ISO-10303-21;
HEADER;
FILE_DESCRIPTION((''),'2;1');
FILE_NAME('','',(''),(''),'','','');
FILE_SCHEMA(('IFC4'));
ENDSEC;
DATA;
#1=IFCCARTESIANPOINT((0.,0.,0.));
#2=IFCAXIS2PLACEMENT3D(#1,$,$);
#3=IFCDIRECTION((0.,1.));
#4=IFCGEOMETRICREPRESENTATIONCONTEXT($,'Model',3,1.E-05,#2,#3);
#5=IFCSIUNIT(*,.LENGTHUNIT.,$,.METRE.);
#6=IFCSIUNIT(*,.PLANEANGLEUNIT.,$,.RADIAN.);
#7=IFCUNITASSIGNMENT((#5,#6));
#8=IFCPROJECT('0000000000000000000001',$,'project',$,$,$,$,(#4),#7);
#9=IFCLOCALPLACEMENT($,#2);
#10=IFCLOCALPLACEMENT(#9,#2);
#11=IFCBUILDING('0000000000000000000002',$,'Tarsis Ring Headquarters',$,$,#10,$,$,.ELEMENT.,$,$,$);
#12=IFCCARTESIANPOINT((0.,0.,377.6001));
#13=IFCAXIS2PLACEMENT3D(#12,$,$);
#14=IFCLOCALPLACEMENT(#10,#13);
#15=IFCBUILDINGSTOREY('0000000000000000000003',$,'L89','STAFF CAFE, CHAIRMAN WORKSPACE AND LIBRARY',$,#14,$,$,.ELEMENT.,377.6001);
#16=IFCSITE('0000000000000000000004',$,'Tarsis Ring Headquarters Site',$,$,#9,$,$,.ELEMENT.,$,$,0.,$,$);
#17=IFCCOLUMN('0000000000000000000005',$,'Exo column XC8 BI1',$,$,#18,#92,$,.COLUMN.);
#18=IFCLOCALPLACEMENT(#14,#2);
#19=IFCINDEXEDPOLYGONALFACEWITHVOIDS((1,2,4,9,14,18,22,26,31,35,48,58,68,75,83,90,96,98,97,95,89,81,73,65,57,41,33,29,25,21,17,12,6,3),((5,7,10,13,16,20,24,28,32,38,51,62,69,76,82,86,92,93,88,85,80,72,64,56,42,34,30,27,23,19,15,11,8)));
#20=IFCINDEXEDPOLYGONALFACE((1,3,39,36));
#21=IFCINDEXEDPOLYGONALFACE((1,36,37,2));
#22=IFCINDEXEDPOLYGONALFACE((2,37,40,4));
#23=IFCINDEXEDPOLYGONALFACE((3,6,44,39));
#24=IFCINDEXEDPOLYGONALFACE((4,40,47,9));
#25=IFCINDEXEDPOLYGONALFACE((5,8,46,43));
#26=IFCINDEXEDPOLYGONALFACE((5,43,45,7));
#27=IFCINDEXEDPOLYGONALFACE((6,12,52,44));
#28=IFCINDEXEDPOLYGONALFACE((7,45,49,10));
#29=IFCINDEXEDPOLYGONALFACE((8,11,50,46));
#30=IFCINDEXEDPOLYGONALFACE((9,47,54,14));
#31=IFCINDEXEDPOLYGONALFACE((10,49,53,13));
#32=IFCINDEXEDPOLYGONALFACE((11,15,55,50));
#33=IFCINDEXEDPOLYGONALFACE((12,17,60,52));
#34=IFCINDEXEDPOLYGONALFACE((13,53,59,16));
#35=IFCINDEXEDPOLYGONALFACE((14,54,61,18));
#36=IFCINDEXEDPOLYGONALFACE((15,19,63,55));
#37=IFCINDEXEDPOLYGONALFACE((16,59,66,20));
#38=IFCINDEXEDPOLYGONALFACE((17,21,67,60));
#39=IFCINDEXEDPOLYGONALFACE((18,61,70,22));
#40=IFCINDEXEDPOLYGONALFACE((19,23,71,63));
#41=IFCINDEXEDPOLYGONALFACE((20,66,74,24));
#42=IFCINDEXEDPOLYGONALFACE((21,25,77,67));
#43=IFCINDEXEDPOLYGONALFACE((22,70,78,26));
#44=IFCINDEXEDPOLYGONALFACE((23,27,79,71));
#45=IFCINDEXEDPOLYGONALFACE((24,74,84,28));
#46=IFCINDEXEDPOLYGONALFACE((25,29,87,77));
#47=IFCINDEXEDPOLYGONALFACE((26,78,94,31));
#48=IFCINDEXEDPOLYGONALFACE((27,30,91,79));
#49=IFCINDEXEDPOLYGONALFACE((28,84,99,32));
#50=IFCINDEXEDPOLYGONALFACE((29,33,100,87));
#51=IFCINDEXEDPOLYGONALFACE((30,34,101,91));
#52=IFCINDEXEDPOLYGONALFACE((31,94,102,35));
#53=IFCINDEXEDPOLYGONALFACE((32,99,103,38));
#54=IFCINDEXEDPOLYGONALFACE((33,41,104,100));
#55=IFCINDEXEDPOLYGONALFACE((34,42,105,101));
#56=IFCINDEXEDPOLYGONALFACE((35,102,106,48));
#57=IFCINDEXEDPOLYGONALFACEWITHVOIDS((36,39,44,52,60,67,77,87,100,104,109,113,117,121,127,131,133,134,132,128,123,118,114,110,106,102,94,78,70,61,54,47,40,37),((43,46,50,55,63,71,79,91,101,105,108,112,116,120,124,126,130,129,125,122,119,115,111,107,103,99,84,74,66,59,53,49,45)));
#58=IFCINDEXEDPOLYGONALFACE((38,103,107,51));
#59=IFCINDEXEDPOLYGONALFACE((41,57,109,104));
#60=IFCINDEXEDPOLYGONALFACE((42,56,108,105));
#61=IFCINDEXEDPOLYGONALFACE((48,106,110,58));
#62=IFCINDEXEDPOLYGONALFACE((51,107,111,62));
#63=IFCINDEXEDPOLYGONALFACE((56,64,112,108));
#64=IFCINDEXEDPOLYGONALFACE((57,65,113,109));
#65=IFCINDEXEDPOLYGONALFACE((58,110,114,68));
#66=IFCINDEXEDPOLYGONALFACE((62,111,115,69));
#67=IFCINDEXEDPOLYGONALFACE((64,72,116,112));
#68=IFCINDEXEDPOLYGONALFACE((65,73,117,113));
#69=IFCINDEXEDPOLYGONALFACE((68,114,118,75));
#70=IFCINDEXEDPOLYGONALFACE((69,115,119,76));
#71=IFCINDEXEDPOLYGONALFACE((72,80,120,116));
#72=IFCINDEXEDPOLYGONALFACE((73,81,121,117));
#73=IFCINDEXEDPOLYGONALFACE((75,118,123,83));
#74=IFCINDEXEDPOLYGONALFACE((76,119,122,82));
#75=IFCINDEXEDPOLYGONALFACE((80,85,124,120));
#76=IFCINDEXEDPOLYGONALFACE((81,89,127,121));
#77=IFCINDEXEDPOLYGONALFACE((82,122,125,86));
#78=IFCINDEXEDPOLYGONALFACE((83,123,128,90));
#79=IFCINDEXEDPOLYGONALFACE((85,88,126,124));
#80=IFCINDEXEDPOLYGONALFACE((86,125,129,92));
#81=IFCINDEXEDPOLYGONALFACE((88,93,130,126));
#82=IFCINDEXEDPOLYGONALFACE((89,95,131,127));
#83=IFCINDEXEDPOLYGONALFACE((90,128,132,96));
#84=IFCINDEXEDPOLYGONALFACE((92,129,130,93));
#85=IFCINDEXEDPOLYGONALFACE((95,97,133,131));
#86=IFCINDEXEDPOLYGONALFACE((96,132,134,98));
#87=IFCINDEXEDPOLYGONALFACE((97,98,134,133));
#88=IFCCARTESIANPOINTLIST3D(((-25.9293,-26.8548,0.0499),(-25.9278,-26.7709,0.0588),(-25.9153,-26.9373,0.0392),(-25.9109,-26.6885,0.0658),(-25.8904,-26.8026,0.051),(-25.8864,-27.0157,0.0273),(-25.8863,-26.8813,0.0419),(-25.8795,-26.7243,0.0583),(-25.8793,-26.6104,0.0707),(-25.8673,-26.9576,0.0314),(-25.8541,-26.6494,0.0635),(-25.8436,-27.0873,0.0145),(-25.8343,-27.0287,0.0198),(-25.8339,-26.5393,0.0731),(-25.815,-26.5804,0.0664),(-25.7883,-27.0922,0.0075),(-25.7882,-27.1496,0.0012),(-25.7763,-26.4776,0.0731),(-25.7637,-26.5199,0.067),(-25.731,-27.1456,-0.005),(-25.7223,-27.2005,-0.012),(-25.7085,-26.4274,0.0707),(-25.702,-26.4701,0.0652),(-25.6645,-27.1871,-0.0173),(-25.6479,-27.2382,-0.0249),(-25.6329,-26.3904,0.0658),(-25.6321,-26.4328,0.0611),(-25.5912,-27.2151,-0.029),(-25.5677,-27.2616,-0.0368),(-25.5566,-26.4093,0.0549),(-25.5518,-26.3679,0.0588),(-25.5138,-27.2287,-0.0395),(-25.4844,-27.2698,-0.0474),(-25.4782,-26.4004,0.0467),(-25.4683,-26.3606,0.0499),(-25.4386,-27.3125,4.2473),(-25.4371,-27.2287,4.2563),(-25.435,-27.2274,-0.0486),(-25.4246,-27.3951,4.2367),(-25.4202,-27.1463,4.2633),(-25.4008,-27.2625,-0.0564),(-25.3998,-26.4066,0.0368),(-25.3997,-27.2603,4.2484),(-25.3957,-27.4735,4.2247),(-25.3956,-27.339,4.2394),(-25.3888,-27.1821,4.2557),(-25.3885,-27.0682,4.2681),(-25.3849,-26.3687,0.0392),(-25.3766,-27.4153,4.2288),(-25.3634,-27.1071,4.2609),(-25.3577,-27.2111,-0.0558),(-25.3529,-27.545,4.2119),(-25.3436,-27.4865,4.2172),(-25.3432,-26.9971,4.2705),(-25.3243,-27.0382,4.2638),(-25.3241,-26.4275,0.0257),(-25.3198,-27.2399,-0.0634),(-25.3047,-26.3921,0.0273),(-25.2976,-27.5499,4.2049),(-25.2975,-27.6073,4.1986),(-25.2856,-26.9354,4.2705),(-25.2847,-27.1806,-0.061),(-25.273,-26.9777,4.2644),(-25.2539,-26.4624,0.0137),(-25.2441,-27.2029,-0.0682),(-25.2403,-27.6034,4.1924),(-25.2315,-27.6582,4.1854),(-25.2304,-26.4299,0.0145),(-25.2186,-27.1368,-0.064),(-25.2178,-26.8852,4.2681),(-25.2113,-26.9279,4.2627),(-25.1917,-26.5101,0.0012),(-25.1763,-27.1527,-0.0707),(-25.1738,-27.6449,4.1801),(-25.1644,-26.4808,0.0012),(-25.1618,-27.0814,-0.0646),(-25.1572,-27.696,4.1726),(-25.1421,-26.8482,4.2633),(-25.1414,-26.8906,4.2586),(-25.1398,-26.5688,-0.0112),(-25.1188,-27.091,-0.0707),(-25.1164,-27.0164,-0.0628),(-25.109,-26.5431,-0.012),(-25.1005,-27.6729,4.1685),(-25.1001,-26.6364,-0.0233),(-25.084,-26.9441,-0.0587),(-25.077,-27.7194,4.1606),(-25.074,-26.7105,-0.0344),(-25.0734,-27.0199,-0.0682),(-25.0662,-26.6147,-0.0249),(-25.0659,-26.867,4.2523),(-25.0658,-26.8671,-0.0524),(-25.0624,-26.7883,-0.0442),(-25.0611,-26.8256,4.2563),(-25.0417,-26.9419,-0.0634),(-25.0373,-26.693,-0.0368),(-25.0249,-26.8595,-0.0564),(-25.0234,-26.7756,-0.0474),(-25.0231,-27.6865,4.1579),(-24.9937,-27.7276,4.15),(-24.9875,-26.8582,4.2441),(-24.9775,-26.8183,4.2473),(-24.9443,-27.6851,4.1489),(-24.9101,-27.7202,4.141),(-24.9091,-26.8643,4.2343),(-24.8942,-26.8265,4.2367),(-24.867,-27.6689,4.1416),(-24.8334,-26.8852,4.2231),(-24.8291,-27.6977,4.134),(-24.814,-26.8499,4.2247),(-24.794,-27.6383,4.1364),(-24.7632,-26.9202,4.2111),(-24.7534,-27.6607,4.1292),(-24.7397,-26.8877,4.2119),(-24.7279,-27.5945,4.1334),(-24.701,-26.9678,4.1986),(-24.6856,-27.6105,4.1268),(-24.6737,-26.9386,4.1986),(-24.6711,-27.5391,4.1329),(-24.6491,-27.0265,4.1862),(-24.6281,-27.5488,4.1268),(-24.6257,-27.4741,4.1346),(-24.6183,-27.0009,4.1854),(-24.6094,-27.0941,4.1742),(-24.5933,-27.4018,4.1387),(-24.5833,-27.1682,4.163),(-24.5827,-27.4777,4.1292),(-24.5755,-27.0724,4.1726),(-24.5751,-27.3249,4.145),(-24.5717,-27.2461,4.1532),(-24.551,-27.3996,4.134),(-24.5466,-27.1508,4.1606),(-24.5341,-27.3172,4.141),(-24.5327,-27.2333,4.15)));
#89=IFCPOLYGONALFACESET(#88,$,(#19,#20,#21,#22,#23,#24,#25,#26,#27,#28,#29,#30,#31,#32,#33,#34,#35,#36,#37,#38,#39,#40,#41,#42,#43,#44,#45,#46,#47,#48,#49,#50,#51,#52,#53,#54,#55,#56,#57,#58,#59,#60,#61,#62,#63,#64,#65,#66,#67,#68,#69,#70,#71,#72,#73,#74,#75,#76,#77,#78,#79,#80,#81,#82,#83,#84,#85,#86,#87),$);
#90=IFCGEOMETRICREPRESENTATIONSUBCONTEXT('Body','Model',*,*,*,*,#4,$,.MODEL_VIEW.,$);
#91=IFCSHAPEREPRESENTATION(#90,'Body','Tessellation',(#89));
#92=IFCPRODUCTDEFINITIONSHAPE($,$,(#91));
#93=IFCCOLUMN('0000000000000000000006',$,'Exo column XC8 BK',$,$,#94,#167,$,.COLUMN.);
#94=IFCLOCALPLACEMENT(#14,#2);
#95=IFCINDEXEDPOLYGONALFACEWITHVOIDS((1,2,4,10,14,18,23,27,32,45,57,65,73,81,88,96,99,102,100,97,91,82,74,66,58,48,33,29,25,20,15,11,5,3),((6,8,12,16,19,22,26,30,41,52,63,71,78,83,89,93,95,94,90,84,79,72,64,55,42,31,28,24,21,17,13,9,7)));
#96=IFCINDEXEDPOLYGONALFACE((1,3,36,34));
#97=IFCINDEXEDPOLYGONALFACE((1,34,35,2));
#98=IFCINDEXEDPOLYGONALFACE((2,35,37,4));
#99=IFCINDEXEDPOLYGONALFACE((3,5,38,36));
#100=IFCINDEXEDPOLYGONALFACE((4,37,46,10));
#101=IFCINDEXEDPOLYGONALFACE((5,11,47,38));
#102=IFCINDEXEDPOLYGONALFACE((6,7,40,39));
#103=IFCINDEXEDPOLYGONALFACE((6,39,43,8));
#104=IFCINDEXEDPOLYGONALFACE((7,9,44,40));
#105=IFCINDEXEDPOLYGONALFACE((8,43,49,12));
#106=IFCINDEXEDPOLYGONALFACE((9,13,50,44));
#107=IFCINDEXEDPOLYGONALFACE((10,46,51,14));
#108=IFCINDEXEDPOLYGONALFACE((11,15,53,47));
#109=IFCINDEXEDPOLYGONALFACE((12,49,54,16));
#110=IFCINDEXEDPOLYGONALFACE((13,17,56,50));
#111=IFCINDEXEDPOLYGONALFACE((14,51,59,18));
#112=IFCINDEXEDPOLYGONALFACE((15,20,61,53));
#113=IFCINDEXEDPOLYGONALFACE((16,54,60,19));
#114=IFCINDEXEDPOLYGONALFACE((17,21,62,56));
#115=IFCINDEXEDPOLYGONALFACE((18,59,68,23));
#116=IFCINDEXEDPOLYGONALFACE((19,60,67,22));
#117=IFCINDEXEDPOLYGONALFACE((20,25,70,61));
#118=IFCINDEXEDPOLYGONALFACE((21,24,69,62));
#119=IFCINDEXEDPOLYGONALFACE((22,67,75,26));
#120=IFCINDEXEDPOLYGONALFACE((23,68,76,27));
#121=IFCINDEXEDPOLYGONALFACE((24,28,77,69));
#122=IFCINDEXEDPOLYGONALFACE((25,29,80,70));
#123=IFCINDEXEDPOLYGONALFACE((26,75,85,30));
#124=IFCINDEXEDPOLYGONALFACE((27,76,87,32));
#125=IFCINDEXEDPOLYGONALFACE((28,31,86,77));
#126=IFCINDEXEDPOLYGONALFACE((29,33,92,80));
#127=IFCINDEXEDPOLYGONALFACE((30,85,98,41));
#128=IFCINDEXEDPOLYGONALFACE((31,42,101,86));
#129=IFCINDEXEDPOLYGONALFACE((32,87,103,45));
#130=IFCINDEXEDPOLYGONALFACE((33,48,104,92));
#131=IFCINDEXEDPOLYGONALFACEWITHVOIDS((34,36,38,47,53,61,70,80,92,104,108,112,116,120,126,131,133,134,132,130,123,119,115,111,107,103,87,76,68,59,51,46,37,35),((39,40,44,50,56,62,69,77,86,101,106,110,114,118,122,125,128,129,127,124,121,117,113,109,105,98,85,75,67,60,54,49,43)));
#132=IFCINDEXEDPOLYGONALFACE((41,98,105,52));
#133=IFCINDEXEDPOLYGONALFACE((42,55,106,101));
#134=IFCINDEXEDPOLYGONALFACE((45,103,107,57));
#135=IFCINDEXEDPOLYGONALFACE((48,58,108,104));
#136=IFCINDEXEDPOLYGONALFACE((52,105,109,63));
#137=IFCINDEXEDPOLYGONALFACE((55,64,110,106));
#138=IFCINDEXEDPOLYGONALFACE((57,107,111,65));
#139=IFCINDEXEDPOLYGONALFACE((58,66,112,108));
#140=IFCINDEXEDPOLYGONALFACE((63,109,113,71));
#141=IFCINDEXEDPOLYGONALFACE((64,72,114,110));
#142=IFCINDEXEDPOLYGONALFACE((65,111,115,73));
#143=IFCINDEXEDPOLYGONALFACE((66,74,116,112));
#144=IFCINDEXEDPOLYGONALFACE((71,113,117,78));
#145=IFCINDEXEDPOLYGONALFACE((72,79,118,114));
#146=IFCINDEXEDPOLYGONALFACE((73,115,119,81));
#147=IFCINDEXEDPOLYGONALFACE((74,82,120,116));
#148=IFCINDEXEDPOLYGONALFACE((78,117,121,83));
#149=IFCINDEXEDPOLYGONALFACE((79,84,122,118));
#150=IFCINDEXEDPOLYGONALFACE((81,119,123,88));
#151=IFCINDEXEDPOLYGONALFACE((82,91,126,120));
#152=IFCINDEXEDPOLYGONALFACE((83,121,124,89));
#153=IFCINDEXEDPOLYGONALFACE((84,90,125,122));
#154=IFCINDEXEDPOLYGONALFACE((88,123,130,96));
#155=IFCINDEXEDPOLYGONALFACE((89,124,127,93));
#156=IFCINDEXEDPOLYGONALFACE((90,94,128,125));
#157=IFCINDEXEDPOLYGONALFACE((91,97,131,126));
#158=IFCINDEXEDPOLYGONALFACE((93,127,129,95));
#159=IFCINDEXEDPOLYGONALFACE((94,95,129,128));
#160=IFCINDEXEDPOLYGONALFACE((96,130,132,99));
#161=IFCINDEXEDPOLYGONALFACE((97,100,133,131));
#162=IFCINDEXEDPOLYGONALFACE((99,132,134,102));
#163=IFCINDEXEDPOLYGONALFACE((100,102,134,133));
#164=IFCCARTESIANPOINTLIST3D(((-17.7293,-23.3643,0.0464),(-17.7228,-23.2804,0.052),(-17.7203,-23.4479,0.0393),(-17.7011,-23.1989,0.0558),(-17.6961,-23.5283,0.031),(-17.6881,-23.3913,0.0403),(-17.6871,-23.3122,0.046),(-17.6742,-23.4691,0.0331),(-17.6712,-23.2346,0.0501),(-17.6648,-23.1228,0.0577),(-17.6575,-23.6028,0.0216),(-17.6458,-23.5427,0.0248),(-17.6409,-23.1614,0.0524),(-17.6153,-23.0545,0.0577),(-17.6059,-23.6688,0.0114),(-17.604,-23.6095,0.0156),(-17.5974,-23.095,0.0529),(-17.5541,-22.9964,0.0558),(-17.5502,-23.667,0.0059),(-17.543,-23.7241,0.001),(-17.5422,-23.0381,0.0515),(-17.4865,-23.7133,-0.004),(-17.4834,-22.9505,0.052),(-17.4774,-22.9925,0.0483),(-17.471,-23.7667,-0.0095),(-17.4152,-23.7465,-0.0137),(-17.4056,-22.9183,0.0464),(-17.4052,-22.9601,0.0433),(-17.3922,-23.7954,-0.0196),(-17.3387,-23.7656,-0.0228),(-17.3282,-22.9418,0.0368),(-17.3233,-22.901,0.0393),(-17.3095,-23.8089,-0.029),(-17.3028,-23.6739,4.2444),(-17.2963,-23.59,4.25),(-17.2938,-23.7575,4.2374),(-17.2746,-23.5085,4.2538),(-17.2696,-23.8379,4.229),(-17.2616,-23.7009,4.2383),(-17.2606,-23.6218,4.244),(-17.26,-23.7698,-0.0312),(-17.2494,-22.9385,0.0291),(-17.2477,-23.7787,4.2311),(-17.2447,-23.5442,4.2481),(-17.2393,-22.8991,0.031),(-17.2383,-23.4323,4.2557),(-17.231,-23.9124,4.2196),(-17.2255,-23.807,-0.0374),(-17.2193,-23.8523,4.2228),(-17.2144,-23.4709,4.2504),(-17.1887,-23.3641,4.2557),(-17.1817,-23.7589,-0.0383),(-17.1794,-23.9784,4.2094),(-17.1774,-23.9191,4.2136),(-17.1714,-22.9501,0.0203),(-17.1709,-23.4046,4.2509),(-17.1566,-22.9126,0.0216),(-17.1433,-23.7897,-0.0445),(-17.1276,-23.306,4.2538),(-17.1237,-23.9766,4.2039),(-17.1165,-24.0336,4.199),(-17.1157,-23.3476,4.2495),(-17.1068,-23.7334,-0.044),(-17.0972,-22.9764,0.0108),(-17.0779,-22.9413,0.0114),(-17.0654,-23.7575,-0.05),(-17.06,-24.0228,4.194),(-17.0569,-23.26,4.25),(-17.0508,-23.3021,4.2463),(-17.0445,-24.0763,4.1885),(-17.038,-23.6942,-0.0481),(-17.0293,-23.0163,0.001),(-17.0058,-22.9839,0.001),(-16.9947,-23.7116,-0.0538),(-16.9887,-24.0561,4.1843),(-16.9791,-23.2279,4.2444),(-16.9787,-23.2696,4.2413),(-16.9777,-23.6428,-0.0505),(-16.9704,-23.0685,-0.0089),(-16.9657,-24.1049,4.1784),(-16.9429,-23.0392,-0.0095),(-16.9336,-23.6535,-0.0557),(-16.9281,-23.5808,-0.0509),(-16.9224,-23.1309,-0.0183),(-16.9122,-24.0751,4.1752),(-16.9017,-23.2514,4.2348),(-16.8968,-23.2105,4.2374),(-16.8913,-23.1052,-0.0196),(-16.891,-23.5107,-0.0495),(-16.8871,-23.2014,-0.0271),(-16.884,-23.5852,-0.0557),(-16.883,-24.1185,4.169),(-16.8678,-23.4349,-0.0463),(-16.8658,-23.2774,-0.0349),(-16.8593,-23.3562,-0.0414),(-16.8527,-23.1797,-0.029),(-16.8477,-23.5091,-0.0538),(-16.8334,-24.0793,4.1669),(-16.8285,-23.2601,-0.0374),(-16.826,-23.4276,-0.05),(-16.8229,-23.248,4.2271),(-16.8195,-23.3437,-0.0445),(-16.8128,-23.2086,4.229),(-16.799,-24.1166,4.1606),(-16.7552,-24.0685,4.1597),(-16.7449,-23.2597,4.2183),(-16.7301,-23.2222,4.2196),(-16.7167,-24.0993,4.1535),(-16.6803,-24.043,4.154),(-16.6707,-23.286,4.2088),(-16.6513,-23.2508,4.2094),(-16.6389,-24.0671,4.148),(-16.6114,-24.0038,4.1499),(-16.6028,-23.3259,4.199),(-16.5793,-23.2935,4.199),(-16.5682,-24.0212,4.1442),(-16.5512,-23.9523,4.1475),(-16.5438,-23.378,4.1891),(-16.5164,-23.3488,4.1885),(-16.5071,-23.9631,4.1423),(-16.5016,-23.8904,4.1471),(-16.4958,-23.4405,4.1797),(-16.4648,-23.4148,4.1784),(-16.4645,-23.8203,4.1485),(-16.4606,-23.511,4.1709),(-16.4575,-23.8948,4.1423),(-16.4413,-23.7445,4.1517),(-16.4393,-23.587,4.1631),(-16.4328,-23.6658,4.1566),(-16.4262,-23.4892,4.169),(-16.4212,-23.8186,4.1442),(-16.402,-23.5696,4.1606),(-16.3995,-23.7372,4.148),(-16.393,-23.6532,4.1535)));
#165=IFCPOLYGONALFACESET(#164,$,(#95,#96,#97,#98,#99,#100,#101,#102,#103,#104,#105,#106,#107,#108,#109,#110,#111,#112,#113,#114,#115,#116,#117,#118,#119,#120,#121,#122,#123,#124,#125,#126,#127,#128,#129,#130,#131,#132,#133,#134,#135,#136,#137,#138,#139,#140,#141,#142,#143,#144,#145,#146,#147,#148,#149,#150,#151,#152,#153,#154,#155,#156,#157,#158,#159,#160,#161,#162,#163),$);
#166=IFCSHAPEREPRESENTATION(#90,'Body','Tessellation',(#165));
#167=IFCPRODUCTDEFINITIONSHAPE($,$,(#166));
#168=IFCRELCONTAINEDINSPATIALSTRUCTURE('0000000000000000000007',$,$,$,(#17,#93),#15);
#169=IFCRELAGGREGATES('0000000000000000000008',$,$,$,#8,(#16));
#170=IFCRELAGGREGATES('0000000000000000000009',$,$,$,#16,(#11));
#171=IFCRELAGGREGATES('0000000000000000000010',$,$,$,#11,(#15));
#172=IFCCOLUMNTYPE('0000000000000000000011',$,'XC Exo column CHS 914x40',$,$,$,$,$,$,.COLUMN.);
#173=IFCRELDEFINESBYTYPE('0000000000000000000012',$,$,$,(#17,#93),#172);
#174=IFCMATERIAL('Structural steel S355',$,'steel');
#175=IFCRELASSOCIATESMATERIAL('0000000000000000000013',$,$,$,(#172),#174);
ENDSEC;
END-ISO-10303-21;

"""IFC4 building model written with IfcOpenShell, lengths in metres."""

from ifc_helpers import new_model, si_unit, direction, frame, origin, origin_2d, place, context, subcontext, project, spatial, hollow_circle, extrude, material, material_profile, profile_set, type_object, element, save


model = new_model("IFC4")

# Units and contexts
model_context = context("Model", 3, precision=1e-05, world=origin(), true_north=direction((0.0, 1.0)))
body_context = subcontext(model_context, "Body", "Model", "MODEL_VIEW")
ifc_project = project(units=[si_unit("LENGTHUNIT", "METRE"), si_unit("PLANEANGLEUNIT", "RADIAN")], contexts=[model_context])

# Site, building, storey
site_placement = place(None, origin())
site = spatial("IfcSite", under=ifc_project, at=site_placement, Name="Tarsis Ring Headquarters Site", CompositionType="ELEMENT", RefElevation=0.0)
building_placement = place(site_placement, origin())
building = spatial("IfcBuilding", under=site, at=building_placement, Name="Tarsis Ring Headquarters", CompositionType="ELEMENT")
storey_placement = place(building_placement, frame((0.0, 0.0, 377.6001)))
storey = spatial("IfcBuildingStorey", under=building, at=storey_placement, Name="L89", Description="STAFF CAFE, CHAIRMAN WORKSPACE AND LIBRARY", CompositionType="ELEMENT", Elevation=377.6001)

# Columns
ifc_material_1 = material(Name="Structural steel S355", Category="steel")
ifc_material_profile_1 = material_profile(ifc_material_1, hollow_circle(Radius=0.457, WallThickness=0.04, at=origin_2d()), Name="CHS 914x40")
ifc_profile_set_1 = profile_set([ifc_material_profile_1], Name="Structural steel S355")
column_type = type_object("IfcColumnType", Name="XC Exo column CHS 914x40", PredefinedType="COLUMN", material=ifc_profile_set_1)
column_1_placement = place(storey_placement, frame((-25.4763, -26.8152, 0.0012), z_axis=(0.115442, -0.107688, 0.98746), x_axis=(0.682124, 0.731237, 0.0)))
element("IfcColumn", 1, at=column_1_placement, inside=storey, type_object=column_type, Name="Exo column XC8 BI1", PredefinedType="COLUMN", context=body_context, shape_type="SweptSolid", body=[
    extrude(hollow_circle(Radius=0.4573, WallThickness=0.04, at=origin_2d()), origin(), (0.0, 0.0, 1.0), 4.2507),
])
column_2_placement = place(storey_placement, frame((-17.2744, -23.354, 0.001), z_axis=(0.100808, -0.073168, 0.992212), x_axis=(0.5874, 0.809297, 0.0)))
element("IfcColumn", 2, at=column_2_placement, inside=storey, type_object=column_type, Name="Exo column XC8 BK", PredefinedType="COLUMN", context=body_context, shape_type="SweptSolid", body=[
    extrude(hollow_circle(Radius=0.4573, WallThickness=0.04, at=origin_2d()), origin(), (0.0, 0.0, 1.0), 4.231),
])

save(model, "model.ifc")
